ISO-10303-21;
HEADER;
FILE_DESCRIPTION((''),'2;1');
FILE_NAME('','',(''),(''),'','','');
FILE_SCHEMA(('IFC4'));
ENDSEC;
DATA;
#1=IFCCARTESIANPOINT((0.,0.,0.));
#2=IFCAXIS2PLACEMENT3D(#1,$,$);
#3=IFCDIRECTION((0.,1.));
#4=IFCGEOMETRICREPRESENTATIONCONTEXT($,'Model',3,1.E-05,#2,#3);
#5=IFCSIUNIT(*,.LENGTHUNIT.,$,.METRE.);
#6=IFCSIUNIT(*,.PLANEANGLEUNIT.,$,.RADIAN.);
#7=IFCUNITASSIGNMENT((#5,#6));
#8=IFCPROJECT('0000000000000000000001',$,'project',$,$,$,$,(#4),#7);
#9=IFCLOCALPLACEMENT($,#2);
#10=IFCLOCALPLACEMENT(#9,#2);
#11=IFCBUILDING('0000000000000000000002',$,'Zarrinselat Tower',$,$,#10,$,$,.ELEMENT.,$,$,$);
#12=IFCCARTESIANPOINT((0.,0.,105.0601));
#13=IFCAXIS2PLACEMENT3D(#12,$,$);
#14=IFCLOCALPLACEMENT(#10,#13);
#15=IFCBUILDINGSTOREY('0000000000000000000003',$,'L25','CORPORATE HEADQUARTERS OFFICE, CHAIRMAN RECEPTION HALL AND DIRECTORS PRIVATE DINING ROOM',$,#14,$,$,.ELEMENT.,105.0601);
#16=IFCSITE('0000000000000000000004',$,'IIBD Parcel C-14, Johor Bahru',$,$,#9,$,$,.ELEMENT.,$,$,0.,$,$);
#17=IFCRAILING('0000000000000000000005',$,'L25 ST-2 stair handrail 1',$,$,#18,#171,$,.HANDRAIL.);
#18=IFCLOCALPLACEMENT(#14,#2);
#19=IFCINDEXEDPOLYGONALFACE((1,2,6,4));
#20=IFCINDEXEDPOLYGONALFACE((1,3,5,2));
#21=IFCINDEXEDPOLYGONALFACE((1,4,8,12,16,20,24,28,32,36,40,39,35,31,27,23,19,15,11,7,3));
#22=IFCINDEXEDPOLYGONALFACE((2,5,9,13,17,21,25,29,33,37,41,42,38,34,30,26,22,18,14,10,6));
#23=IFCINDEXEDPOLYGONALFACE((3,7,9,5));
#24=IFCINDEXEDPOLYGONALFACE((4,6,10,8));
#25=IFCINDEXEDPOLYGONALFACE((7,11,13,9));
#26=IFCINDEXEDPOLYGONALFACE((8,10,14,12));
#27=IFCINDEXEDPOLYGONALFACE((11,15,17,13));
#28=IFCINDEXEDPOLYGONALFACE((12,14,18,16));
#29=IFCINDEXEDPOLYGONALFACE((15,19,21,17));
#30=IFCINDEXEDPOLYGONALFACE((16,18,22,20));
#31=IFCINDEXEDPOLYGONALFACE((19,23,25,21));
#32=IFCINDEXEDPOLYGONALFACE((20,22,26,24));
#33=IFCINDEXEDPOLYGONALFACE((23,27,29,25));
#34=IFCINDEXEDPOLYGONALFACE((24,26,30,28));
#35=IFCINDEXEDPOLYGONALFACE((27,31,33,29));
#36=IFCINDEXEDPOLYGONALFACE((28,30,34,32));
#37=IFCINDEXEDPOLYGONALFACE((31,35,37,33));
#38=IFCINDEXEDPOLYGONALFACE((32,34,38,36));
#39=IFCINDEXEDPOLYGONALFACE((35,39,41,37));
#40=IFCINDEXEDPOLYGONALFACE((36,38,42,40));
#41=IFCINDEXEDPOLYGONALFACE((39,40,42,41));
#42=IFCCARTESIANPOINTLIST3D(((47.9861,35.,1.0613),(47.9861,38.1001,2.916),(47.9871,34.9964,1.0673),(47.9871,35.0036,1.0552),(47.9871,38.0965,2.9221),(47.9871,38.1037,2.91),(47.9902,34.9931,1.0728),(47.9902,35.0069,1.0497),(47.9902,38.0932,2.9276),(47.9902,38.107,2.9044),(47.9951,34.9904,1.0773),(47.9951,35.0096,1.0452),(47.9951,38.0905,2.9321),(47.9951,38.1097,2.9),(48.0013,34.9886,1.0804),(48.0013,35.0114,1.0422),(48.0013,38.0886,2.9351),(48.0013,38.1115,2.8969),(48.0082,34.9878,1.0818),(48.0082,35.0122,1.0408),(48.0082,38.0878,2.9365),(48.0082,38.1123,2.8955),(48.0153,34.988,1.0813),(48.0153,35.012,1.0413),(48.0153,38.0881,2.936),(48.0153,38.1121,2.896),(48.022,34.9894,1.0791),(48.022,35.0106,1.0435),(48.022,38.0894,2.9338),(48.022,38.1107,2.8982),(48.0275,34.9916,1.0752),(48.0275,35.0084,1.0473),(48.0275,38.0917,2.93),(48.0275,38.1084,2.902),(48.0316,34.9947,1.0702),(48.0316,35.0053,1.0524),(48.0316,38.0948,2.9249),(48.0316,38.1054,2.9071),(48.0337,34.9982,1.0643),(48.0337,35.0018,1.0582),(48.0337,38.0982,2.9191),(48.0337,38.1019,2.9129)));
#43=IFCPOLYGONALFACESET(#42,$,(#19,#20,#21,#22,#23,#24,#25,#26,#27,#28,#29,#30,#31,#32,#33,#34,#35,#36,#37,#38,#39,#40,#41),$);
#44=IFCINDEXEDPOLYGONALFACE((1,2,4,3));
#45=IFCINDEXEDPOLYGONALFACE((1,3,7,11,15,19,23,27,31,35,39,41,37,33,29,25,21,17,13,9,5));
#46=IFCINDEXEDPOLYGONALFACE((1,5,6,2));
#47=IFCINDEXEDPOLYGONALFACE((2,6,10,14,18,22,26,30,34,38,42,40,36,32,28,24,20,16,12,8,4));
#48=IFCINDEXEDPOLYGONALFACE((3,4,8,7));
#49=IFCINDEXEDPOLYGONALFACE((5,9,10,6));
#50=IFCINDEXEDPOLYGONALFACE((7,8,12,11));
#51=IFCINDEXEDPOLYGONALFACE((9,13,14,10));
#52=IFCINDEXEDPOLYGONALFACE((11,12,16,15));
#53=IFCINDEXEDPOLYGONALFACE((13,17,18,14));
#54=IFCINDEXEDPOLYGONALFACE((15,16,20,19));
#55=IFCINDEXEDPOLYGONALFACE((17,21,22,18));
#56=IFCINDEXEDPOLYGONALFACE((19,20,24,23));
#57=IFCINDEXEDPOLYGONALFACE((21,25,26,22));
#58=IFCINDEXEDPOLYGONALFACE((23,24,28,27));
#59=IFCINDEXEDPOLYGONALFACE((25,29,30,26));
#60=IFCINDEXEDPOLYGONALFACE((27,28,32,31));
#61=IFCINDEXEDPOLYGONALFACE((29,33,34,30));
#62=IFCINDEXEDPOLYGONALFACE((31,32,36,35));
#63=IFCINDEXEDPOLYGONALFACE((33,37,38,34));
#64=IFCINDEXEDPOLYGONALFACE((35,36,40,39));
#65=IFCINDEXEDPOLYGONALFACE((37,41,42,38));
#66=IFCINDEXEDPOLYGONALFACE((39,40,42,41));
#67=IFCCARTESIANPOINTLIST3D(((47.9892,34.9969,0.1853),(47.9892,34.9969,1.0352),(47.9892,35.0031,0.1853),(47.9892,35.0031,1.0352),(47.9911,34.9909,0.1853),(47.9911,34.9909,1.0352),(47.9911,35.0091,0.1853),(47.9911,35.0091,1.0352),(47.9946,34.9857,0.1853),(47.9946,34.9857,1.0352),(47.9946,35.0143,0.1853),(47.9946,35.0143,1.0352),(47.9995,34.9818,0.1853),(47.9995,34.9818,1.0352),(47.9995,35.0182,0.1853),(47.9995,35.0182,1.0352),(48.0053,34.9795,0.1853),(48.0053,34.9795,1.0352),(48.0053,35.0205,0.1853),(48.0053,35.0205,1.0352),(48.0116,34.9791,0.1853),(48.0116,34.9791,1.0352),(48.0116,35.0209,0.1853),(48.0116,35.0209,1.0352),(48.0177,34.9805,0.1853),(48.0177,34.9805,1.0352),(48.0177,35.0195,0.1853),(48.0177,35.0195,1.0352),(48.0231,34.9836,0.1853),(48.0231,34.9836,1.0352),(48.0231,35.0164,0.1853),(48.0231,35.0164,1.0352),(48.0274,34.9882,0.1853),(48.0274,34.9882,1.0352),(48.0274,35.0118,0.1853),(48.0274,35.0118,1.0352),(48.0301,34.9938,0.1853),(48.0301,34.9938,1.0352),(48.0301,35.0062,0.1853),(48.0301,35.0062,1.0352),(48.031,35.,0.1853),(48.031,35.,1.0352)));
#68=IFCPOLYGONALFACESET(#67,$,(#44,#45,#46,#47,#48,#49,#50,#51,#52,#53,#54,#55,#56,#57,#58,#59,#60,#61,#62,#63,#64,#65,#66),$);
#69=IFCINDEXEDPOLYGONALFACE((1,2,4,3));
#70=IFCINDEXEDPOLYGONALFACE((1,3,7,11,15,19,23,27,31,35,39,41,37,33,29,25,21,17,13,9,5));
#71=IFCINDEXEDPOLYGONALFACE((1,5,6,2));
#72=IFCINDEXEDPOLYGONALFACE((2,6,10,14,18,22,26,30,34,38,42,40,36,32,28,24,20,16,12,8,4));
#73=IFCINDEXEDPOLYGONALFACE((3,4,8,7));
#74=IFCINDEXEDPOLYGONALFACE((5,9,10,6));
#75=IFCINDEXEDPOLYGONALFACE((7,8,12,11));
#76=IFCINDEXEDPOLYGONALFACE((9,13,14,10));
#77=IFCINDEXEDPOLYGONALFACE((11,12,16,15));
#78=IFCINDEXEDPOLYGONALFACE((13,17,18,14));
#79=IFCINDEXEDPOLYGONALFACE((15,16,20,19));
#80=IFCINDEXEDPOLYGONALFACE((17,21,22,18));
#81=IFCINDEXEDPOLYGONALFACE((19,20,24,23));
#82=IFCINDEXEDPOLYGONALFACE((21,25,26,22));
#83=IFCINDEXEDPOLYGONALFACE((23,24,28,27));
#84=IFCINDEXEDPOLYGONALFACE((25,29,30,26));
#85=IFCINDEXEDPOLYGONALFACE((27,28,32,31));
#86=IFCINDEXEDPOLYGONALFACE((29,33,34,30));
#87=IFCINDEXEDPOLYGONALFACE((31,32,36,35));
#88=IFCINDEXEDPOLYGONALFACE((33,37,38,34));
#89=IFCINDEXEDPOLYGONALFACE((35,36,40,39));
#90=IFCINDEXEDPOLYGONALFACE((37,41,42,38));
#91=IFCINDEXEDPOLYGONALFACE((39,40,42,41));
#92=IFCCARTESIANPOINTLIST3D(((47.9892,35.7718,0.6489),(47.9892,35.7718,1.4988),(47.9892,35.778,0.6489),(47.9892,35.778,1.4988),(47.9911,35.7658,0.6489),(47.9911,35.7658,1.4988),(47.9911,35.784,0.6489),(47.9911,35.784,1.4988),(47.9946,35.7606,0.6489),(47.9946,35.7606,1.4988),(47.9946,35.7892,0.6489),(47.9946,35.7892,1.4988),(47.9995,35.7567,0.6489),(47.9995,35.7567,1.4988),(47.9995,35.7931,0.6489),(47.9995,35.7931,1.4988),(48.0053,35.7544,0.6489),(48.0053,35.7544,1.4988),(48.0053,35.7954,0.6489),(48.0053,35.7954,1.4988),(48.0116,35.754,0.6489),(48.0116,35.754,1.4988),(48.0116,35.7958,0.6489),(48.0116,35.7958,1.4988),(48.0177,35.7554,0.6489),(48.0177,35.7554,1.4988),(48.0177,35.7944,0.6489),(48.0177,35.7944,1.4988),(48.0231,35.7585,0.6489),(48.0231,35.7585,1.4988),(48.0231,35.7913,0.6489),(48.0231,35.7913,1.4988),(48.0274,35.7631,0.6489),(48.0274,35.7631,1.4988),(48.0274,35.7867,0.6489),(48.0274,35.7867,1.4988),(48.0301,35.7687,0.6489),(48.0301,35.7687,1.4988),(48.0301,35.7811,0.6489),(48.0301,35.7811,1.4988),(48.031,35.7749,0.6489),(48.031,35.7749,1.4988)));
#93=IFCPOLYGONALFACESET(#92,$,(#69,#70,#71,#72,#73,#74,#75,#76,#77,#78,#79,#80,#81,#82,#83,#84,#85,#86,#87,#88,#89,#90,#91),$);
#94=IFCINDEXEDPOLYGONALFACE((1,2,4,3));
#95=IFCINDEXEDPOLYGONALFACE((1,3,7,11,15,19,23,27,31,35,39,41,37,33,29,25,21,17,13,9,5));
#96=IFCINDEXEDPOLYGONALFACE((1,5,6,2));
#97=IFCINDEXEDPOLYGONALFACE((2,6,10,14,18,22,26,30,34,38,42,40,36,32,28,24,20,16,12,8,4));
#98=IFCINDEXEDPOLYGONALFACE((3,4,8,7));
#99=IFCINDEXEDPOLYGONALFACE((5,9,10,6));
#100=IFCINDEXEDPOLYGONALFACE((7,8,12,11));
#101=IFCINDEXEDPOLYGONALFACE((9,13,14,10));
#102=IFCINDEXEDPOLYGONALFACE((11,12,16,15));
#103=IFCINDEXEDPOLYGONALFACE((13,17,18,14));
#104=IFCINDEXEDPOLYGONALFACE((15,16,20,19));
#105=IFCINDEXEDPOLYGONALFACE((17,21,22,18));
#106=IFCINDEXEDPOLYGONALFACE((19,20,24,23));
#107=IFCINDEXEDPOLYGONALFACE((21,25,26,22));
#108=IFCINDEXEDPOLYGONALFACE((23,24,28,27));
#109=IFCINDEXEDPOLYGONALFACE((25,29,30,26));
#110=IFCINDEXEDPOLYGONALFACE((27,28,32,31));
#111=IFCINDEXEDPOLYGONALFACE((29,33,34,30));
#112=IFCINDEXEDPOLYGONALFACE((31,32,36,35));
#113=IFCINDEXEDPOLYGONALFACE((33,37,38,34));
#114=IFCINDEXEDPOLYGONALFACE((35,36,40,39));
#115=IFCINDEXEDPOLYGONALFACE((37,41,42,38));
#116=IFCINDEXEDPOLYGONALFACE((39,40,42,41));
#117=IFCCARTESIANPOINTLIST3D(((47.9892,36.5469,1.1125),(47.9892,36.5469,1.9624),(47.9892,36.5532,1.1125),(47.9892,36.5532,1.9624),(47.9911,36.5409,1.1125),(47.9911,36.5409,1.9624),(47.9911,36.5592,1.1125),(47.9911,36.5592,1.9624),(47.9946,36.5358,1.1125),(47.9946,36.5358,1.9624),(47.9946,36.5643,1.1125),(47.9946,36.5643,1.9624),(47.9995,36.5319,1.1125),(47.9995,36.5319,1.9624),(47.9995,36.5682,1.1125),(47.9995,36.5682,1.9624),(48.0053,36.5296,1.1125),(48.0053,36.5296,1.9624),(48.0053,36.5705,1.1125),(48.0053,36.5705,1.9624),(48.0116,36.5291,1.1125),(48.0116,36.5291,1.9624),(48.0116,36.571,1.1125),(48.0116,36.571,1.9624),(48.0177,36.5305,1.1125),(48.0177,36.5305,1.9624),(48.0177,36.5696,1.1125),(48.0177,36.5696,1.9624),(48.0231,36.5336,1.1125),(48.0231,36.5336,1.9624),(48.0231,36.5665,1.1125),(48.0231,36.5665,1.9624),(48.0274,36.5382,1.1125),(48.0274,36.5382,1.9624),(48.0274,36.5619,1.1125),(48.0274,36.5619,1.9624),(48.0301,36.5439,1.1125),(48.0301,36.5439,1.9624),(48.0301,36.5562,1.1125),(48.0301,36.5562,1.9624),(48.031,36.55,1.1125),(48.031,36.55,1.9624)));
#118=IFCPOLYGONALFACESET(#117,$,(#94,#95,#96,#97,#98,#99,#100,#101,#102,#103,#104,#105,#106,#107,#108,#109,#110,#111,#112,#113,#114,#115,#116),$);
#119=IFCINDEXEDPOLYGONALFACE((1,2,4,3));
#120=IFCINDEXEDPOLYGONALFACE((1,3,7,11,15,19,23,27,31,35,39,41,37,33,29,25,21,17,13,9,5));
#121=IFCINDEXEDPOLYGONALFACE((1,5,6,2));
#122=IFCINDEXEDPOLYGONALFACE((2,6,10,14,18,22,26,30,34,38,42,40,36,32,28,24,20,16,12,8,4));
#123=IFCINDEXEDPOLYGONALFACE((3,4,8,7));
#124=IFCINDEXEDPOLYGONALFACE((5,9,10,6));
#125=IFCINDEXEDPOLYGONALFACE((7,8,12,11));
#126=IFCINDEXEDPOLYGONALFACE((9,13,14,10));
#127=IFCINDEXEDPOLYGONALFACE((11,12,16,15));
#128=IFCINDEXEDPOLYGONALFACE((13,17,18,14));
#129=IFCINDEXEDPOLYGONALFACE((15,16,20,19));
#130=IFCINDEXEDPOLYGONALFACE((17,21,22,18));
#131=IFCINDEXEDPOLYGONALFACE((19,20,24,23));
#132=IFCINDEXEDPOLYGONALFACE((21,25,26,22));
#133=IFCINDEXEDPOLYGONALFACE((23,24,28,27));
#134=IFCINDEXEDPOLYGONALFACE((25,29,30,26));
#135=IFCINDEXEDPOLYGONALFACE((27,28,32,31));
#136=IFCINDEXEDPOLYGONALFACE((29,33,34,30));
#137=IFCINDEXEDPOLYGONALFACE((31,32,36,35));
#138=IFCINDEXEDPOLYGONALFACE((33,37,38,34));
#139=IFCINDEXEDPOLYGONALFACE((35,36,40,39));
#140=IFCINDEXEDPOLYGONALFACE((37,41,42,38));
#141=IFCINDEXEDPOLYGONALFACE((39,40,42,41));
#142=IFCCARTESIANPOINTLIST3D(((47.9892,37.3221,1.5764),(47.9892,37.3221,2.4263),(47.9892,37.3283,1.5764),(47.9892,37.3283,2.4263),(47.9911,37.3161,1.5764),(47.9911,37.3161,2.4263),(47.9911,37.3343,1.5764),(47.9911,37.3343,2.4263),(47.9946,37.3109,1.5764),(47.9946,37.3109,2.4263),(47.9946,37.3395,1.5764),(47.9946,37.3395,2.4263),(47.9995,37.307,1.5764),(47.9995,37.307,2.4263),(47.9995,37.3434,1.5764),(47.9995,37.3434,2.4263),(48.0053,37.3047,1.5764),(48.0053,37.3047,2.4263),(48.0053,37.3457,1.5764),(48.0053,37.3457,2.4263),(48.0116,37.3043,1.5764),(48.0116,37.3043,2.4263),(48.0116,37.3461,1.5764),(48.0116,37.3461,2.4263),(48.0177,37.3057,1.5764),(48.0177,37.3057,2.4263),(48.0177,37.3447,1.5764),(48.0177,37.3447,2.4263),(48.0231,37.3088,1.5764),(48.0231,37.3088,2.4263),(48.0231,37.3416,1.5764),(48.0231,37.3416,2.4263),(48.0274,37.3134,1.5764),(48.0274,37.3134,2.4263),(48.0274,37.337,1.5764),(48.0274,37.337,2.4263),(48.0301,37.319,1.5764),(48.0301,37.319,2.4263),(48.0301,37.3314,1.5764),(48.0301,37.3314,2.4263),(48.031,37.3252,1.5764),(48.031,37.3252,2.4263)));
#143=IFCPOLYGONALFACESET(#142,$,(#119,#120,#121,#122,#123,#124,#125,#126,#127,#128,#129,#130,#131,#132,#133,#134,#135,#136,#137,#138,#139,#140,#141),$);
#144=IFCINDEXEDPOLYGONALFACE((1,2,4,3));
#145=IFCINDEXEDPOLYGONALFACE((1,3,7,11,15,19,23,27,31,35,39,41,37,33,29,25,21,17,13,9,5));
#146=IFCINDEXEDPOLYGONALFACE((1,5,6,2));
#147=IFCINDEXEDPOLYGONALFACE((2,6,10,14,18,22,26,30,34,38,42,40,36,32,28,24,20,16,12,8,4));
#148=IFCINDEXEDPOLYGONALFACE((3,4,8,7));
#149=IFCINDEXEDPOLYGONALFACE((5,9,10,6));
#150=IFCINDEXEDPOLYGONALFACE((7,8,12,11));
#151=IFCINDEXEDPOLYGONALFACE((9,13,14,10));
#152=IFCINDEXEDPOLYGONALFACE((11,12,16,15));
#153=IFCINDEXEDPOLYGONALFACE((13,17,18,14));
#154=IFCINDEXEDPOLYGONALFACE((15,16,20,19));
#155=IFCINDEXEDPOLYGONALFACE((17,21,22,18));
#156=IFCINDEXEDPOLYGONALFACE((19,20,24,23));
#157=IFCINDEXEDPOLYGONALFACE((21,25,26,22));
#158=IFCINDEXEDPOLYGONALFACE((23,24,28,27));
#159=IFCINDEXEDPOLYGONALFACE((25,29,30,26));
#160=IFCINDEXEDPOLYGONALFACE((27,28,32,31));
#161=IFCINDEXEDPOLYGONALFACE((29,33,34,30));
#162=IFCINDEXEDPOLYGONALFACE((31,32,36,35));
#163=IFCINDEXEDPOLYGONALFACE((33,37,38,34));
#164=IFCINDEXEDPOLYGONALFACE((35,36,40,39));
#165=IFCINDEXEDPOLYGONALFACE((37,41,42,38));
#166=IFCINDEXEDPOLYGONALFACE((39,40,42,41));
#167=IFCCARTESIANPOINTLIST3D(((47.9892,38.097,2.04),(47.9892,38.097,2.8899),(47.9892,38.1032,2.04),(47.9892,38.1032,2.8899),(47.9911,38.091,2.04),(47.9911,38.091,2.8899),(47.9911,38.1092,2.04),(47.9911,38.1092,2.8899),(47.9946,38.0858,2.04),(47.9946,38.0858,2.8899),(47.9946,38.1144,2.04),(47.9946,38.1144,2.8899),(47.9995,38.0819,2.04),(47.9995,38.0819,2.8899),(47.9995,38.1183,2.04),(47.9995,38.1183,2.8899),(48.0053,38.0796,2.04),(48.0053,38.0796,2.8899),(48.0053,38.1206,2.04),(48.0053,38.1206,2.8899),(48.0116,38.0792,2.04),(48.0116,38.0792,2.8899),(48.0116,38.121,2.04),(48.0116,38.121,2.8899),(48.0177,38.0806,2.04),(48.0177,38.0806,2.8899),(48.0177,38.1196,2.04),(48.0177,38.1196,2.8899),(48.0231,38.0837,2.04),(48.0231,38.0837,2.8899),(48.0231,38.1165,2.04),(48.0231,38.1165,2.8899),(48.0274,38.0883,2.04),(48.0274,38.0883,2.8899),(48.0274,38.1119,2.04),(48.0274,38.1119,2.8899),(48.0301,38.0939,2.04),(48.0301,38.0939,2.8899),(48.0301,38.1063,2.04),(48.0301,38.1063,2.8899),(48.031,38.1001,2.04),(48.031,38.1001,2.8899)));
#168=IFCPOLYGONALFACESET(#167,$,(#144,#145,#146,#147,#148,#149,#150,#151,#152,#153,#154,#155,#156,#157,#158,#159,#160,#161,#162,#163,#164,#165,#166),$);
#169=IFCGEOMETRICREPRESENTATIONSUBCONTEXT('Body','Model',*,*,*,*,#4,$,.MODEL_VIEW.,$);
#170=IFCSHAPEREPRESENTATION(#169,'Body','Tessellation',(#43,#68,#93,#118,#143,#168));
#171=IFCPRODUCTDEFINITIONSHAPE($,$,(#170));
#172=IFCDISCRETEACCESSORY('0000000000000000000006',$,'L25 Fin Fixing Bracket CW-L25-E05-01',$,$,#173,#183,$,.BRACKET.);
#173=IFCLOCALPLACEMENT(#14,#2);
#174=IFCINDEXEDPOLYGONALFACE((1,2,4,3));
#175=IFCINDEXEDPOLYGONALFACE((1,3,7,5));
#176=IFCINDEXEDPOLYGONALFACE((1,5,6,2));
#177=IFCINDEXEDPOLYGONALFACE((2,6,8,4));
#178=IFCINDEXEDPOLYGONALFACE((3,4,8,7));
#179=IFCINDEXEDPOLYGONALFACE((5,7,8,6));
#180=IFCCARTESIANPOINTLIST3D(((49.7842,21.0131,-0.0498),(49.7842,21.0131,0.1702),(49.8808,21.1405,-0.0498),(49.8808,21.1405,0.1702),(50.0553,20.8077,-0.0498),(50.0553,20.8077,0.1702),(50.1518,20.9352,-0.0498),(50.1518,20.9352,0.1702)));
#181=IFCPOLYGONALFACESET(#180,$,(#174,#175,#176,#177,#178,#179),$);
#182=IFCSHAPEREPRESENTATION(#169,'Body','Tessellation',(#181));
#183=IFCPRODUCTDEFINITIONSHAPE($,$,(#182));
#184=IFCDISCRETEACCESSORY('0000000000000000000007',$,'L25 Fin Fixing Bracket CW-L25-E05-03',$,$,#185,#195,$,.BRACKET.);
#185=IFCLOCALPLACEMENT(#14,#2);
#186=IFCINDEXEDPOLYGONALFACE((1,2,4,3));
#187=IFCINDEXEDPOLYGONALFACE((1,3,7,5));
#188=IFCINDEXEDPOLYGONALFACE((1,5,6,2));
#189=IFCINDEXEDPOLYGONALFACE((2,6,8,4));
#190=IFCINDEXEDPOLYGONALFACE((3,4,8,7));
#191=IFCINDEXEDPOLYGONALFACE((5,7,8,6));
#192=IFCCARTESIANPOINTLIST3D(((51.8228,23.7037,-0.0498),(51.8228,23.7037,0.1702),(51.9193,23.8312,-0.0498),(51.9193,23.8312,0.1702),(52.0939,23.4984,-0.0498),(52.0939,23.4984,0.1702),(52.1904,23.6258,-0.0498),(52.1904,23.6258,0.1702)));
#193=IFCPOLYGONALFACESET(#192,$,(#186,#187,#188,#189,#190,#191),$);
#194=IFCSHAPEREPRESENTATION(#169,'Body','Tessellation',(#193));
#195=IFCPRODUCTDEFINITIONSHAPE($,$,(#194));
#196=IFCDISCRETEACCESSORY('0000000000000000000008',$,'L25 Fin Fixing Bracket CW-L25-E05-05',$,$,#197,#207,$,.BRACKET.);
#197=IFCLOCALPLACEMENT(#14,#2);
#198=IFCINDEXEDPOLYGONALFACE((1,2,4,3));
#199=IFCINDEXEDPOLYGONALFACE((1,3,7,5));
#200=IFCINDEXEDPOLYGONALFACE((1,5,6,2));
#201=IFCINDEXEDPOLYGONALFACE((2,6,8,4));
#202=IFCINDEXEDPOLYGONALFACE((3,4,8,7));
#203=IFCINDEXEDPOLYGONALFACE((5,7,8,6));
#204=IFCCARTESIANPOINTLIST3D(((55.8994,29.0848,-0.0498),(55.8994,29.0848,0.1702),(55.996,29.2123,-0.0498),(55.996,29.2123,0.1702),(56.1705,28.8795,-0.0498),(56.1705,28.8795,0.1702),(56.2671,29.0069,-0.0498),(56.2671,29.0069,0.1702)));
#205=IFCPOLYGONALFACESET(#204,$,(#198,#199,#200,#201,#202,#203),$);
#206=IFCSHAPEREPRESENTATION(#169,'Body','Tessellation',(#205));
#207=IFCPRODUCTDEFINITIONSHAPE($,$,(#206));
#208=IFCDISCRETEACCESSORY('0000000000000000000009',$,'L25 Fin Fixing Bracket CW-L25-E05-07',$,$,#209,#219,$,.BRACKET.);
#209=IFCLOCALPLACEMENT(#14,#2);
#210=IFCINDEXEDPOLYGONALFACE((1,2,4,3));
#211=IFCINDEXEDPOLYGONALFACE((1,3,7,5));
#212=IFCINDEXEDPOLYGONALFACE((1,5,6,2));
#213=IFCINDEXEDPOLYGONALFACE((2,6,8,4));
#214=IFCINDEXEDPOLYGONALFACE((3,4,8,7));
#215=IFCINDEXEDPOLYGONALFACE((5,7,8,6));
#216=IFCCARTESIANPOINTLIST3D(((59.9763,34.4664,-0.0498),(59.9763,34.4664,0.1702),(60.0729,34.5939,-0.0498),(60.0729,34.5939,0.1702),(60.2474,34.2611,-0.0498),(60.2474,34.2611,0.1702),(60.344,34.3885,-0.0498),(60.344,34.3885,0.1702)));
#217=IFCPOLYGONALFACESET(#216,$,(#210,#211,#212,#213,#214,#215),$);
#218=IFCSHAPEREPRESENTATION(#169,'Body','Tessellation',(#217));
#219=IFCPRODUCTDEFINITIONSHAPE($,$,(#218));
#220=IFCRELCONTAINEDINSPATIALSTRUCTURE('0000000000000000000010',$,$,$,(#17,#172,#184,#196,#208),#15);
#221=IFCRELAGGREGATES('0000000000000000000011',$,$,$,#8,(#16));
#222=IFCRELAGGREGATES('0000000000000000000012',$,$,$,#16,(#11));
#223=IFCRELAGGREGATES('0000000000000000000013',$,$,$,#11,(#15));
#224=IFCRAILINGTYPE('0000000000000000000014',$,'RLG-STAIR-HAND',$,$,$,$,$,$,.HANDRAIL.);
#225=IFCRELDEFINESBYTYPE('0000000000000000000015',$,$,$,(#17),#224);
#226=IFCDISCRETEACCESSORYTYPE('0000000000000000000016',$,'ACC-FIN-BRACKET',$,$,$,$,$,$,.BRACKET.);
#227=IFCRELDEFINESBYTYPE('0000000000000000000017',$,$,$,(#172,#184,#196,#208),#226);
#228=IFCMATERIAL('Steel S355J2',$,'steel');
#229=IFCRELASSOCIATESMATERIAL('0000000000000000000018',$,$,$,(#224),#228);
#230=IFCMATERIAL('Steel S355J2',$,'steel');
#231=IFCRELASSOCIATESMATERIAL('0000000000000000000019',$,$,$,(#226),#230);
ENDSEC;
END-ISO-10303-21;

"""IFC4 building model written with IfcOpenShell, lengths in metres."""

from ifc_helpers import new_model, si_unit, direction, frame, origin, origin_2d, place, context, subcontext, project, spatial, rectangle, circle, extrude, material, type_object, element, save


model = new_model("IFC4")

# Units and contexts
model_context = context("Model", 3, precision=1e-05, world=origin(), true_north=direction((0.0, 1.0)))
body_context = subcontext(model_context, "Body", "Model", "MODEL_VIEW")
ifc_project = project(units=[si_unit("LENGTHUNIT", "METRE"), si_unit("PLANEANGLEUNIT", "RADIAN")], contexts=[model_context])

# Site, building, storey
site_placement = place(None, origin())
site = spatial("IfcSite", under=ifc_project, at=site_placement, Name="IIBD Parcel C-14, Johor Bahru", CompositionType="ELEMENT", RefElevation=0.0)
building_placement = place(site_placement, origin())
building = spatial("IfcBuilding", under=site, at=building_placement, Name="Zarrinselat Tower", CompositionType="ELEMENT")
storey_placement = place(building_placement, frame((0.0, 0.0, 105.0601)))
storey = spatial("IfcBuildingStorey", under=building, at=storey_placement, Name="L25", Description="CORPORATE HEADQUARTERS OFFICE, CHAIRMAN RECEPTION HALL AND DIRECTORS PRIVATE DINING ROOM", CompositionType="ELEMENT", Elevation=105.0601)

# Railing
ifc_material_1 = material(Name="Steel S355J2", Category="steel")
railing_type = type_object("IfcRailingType", Name="RLG-STAIR-HAND", PredefinedType="HANDRAIL", material=ifc_material_1)
railing_placement = place(storey_placement, frame((48.01, 35.0, 0.1853)))
element("IfcRailing", 1, at=railing_placement, inside=storey, type_object=railing_type, Name="L25 ST-2 stair handrail 1", PredefinedType="HANDRAIL", context=body_context, shape_type="SweptSolid", body=[
    extrude(circle(Radius=0.0239, at=origin_2d()), frame((0.0, 0.0, 0.876), z_axis=(0.0, 0.858142, 0.513412), x_axis=(-1.0, 0.0, 0.0)), (0.0, 0.0, 1.0), 3.6125),
    extrude(circle(Radius=0.021, at=origin_2d()), origin(), (0.0, 0.0, 1.0), 0.8499),
    extrude(circle(Radius=0.021, at=origin_2d()), frame((0.0, 0.7749, 0.4636)), (0.0, 0.0, 1.0), 0.8499),
    extrude(circle(Radius=0.021, at=origin_2d()), frame((0.0, 1.55, 0.9272)), (0.0, 0.0, 1.0), 0.8499),
    extrude(circle(Radius=0.021, at=origin_2d()), frame((0.0, 2.3252, 1.3911)), (0.0, 0.0, 1.0), 0.8499),
    extrude(circle(Radius=0.021, at=origin_2d()), frame((0.0, 3.1001, 1.8547)), (0.0, 0.0, 1.0), 0.8499),
])

# Discrete accessories
ifc_material_2 = material(Name="Steel S355J2", Category="steel")
discrete_accessory_type = type_object("IfcDiscreteAccessoryType", Name="ACC-FIN-BRACKET", PredefinedType="BRACKET", material=ifc_material_2)
for number, where, z_axis, x_axis, name in (
    (2, (49.968, 20.9741, -0.0498), (0.0, 0.0, 1.0), (0.797092, -0.603858, 0.0), "L25 Fin Fixing Bracket CW-L25-E05-01"),
    (3, (52.0066, 23.6648, -0.0498), (0.0, 0.0, 1.0), (0.797092, -0.603858, 0.0), "L25 Fin Fixing Bracket CW-L25-E05-03"),
    (4, (56.0833, 29.0459, -0.0498), (0.0, 0.0, 1.0), (0.797092, -0.603858, 0.0), "L25 Fin Fixing Bracket CW-L25-E05-05"),
    (5, (60.1602, 34.4275, -0.0498), (0.0, 0.0, 1.0), (0.797092, -0.603858, 0.0), "L25 Fin Fixing Bracket CW-L25-E05-07"),
):
    element("IfcDiscreteAccessory", number, at=place(storey_placement, frame(where, z_axis=z_axis, x_axis=x_axis)), inside=storey, type_object=discrete_accessory_type, Name=name, PredefinedType="BRACKET", context=body_context, shape_type="SweptSolid", body=[
        extrude(rectangle(XDim=0.3401, YDim=0.1599, at=origin_2d()), origin(), (0.0, 0.0, 1.0), 0.22),
    ])

save(model, "model.ifc")
